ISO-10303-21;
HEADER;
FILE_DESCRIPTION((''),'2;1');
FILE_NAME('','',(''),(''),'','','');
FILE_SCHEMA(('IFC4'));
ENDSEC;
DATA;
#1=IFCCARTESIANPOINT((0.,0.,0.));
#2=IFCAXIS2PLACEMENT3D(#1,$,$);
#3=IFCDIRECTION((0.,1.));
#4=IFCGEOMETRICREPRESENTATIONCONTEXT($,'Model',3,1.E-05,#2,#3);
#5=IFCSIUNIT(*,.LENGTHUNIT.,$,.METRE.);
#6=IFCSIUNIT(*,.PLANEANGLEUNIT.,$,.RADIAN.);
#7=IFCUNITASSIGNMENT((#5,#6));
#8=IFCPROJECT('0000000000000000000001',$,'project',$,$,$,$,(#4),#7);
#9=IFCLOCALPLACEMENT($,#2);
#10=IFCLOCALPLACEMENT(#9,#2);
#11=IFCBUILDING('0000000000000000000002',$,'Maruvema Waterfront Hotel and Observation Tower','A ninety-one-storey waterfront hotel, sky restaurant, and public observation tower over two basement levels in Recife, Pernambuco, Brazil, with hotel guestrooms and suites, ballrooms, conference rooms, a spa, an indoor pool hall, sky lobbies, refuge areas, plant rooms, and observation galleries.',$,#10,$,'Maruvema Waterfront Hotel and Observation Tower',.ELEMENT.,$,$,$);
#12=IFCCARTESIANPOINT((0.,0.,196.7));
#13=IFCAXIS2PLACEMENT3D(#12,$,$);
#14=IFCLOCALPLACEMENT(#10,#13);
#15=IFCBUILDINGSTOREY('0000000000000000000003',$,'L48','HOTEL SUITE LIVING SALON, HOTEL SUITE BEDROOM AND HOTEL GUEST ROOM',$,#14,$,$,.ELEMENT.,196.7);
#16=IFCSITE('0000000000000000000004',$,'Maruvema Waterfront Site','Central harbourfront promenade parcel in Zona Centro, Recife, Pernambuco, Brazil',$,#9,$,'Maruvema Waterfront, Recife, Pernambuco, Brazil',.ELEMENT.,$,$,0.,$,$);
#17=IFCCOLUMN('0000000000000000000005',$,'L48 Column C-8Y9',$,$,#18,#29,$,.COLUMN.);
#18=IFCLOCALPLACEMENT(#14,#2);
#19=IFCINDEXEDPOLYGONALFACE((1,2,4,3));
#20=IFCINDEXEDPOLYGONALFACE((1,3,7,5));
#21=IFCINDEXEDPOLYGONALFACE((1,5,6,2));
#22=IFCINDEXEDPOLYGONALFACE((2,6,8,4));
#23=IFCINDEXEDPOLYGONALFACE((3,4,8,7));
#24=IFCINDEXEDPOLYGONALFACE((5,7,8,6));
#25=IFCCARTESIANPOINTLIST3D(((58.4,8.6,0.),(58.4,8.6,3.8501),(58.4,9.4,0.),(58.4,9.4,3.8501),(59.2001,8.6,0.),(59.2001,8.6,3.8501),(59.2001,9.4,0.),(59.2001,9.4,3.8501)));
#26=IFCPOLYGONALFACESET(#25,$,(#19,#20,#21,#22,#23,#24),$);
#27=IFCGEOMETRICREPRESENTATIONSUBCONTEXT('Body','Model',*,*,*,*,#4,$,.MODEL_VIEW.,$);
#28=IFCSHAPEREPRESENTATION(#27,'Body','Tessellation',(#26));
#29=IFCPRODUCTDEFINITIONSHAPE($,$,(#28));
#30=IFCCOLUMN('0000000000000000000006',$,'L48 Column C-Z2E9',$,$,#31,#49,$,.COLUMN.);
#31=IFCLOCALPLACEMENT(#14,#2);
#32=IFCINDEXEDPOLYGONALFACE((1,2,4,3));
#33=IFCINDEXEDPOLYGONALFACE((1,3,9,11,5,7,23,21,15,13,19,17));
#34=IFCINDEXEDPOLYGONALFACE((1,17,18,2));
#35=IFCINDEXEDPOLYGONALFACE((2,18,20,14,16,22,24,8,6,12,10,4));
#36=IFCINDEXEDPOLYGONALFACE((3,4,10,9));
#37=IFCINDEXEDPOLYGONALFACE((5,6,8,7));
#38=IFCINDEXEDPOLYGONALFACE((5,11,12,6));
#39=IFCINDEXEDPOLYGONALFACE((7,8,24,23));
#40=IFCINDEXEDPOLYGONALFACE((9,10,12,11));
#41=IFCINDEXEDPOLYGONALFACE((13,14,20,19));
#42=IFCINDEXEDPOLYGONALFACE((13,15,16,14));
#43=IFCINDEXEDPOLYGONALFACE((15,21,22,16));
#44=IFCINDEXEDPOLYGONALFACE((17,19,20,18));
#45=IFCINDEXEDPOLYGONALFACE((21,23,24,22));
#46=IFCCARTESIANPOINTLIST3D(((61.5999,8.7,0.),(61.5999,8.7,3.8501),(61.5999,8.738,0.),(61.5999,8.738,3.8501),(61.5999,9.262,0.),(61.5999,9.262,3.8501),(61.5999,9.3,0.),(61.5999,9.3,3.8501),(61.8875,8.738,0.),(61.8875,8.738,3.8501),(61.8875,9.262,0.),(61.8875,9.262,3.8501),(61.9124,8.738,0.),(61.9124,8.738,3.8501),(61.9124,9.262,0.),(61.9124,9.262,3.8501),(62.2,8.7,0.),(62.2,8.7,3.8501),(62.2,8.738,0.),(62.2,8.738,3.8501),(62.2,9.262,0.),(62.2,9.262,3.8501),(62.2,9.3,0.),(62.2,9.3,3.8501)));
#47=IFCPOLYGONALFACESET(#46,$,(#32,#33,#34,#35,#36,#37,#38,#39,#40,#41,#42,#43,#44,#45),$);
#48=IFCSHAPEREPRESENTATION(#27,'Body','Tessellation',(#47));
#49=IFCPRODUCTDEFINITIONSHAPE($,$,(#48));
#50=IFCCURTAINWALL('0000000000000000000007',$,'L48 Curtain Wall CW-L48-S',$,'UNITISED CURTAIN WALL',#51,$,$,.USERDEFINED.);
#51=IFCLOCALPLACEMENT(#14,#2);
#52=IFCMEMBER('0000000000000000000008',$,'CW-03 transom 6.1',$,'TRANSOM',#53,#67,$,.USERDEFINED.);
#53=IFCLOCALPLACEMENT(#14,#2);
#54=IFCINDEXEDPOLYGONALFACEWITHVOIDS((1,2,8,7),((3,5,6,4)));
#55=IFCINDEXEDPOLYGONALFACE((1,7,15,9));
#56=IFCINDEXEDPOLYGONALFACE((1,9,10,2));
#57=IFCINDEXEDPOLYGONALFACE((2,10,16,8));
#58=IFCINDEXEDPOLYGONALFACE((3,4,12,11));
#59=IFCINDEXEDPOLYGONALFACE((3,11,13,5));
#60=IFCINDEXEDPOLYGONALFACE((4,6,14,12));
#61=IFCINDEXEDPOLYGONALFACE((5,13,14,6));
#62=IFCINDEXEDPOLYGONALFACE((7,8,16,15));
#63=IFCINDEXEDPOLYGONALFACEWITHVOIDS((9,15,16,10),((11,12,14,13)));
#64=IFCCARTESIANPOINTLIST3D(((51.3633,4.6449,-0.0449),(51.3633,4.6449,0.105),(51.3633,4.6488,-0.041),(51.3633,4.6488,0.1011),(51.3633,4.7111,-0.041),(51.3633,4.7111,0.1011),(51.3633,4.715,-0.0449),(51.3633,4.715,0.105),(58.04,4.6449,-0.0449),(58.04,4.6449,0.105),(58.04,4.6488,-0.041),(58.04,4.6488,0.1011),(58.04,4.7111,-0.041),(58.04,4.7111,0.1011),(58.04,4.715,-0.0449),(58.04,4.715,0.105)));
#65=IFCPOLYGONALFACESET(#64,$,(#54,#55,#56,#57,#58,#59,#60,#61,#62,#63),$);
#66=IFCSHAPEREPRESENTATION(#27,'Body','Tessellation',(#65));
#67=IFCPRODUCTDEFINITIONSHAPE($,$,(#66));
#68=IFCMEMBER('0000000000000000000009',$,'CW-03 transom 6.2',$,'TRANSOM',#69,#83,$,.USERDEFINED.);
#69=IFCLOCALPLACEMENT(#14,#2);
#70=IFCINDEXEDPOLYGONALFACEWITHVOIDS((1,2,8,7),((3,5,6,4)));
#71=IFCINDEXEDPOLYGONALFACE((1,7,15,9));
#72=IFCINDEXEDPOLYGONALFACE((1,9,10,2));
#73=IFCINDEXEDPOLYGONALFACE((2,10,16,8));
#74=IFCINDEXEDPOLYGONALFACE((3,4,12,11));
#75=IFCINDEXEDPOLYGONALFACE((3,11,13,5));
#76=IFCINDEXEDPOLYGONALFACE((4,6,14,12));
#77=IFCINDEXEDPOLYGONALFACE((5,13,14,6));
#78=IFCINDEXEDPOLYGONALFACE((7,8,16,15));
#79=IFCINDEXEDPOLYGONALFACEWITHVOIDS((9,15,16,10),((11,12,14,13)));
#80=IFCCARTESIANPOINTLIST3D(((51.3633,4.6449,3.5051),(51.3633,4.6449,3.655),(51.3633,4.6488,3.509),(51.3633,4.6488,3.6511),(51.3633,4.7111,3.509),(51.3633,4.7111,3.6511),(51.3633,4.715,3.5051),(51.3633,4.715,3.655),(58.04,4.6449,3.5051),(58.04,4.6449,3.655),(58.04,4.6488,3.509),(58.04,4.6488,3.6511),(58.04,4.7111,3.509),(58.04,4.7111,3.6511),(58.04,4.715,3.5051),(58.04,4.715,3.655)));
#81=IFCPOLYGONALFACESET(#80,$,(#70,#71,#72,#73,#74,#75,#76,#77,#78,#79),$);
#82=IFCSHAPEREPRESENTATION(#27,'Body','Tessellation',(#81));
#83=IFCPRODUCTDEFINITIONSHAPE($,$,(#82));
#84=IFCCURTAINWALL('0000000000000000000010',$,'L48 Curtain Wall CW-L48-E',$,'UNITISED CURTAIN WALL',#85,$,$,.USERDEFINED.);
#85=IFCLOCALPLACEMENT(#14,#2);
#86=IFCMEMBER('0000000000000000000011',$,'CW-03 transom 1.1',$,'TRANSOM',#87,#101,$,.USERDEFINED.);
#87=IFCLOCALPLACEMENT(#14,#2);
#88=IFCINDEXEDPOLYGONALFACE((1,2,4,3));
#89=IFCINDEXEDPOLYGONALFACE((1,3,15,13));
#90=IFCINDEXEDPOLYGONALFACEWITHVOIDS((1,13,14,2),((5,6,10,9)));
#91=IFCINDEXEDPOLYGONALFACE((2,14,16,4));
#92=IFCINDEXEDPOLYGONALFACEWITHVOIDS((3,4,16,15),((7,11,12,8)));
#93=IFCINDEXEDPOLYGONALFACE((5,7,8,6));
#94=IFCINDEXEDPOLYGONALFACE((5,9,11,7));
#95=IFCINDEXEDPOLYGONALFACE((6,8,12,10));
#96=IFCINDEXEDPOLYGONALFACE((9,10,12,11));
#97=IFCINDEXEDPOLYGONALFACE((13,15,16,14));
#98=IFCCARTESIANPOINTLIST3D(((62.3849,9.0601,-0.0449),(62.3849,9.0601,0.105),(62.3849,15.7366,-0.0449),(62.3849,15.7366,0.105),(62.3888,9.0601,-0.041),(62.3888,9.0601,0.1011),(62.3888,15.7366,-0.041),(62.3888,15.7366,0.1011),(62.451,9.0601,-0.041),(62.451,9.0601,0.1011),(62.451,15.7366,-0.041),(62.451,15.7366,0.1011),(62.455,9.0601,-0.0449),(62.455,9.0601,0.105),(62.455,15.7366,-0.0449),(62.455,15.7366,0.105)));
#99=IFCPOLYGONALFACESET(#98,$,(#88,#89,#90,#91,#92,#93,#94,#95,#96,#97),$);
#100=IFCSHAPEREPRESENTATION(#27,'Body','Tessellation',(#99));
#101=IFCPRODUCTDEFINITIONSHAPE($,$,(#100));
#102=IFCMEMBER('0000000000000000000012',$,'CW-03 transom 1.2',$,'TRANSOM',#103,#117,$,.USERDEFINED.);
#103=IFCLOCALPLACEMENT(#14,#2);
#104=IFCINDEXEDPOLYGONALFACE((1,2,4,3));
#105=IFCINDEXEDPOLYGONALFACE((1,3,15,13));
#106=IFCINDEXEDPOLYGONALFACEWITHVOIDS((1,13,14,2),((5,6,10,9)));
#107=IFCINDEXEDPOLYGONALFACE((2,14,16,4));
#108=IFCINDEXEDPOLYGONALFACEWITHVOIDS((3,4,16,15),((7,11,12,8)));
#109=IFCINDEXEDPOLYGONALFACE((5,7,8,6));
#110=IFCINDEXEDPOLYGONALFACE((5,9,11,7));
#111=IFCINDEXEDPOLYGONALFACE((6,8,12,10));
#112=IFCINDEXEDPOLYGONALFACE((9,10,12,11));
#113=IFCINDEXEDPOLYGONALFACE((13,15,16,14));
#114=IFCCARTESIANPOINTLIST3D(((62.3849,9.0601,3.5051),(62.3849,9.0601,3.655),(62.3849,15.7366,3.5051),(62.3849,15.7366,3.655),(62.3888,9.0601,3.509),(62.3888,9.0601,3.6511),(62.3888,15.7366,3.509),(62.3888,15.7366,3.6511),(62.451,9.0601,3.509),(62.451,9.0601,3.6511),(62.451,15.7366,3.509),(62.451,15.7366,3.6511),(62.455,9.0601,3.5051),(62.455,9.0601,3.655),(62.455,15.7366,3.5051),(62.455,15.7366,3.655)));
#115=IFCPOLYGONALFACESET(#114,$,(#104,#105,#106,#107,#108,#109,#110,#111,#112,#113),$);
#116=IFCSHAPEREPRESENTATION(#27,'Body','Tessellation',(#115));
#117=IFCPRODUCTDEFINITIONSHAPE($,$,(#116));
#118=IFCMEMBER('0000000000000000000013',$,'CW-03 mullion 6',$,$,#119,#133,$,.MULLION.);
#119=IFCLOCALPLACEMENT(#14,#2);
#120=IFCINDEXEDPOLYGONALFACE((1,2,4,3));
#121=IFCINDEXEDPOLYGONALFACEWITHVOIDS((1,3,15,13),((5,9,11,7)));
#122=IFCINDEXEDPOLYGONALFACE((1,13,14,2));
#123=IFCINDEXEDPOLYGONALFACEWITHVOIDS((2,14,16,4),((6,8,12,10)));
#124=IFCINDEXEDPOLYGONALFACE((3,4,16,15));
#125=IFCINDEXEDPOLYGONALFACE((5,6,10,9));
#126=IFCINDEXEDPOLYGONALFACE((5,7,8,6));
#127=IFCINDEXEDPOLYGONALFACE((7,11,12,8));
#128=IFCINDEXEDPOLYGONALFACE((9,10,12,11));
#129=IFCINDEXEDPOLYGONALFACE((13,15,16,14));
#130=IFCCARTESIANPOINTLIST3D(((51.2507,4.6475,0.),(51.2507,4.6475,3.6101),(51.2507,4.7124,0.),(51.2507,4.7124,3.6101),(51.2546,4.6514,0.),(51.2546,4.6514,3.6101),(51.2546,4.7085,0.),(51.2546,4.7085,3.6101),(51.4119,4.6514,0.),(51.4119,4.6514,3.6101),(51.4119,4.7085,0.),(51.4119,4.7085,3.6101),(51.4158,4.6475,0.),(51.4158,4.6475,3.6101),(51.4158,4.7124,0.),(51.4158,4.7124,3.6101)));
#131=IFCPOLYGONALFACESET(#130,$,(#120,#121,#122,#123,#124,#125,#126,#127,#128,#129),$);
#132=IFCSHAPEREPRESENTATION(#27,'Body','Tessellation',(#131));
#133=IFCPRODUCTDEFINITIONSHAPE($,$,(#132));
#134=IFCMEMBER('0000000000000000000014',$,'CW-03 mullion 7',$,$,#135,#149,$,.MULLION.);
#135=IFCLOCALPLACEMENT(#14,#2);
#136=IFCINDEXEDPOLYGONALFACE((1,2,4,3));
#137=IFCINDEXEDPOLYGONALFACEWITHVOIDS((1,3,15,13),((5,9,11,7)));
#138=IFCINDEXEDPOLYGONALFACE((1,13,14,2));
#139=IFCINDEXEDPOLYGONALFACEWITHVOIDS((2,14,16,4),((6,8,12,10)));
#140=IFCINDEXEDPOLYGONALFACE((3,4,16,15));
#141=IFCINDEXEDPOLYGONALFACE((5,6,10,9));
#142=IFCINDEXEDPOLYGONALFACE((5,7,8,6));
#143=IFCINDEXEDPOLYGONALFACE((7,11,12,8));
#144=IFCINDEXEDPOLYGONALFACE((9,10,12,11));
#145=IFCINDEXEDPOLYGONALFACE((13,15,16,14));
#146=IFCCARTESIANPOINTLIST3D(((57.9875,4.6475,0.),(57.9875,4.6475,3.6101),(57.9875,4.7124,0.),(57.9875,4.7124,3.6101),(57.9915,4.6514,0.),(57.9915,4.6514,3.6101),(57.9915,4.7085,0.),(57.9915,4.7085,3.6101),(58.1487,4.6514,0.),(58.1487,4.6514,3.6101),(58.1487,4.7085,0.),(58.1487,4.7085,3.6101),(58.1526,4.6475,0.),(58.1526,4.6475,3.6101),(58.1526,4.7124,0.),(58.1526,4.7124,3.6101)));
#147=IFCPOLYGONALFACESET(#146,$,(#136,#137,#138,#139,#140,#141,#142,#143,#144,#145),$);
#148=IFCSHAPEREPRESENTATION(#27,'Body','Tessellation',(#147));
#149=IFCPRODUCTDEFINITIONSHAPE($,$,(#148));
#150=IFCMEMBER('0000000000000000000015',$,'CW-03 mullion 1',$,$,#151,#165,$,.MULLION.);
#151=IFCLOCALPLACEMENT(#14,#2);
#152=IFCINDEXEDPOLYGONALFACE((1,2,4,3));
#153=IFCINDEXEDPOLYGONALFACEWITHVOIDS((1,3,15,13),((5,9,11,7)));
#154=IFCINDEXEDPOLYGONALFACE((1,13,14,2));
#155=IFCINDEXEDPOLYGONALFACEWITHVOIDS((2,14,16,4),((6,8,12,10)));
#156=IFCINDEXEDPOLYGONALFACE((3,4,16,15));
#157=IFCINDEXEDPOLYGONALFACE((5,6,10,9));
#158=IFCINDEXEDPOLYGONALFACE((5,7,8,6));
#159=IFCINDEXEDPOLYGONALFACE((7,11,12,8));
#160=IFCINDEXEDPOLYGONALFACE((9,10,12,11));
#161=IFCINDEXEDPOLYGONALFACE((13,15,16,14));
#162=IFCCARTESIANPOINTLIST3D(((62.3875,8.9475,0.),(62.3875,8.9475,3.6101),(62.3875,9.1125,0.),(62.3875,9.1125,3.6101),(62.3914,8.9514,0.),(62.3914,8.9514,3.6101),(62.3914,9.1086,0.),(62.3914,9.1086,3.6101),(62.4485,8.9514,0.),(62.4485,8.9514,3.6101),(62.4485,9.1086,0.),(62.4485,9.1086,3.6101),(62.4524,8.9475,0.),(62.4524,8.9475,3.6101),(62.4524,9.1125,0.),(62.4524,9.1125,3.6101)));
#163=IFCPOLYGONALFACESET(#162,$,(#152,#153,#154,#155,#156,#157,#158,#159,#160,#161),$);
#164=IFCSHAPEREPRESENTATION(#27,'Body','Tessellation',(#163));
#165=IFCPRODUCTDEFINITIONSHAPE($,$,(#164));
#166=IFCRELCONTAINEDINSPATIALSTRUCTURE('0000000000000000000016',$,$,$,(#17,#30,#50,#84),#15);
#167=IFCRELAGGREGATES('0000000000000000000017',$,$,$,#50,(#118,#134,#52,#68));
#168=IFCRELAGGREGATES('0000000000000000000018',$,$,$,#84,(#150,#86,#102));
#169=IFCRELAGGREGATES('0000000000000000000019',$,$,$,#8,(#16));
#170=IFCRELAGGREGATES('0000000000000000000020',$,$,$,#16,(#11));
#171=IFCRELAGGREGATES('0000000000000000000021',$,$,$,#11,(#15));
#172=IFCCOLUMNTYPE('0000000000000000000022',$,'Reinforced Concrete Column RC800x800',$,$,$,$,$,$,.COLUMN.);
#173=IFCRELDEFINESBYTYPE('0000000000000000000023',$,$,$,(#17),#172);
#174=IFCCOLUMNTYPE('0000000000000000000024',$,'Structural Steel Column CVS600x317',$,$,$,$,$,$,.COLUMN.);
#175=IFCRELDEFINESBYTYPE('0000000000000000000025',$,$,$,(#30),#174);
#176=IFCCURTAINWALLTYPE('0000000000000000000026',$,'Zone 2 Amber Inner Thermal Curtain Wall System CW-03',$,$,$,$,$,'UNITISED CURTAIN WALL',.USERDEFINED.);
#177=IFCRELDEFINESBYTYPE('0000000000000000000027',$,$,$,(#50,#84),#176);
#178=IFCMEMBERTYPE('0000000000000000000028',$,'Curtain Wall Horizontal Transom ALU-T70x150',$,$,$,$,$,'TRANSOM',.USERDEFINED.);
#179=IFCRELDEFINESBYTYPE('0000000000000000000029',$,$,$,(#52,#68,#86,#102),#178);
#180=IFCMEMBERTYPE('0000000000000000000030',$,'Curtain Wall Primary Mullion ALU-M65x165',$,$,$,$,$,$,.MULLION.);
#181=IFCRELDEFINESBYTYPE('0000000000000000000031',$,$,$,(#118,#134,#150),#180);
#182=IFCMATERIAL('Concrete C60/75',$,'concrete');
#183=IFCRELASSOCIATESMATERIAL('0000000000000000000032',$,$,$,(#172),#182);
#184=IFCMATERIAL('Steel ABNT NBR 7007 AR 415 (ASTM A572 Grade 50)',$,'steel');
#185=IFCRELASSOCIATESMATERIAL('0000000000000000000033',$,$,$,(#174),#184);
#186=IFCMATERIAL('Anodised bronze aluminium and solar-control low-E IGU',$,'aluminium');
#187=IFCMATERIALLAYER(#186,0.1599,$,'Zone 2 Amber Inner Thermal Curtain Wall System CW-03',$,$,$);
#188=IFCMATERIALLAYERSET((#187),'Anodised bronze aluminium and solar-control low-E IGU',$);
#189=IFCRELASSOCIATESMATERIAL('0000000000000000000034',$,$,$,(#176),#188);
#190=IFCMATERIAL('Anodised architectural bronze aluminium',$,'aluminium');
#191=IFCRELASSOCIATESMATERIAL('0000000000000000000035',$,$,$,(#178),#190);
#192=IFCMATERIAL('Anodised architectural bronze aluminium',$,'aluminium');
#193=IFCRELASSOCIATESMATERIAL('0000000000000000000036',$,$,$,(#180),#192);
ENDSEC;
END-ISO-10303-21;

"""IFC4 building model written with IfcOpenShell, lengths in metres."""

from ifc_helpers import new_model, si_unit, direction, frame, origin, origin_2d, place, context, subcontext, project, spatial, rectangle, hollow_rectangle, i_section, extrude, material, layer, layer_set, material_profile, profile_set, type_object, element, aggregate, save


model = new_model("IFC4")

# Units and contexts
model_context = context("Model", 3, precision=1e-05, world=origin(), true_north=direction((0.0, 1.0)))
body_context = subcontext(model_context, "Body", "Model", "MODEL_VIEW")
ifc_project = project(units=[si_unit("LENGTHUNIT", "METRE"), si_unit("PLANEANGLEUNIT", "RADIAN")], contexts=[model_context])

# Site, building, storey
site_placement = place(None, origin())
site = spatial("IfcSite", under=ifc_project, at=site_placement, Name="Maruvema Waterfront Site", Description="Central harbourfront promenade parcel in Zona Centro, Recife, Pernambuco, Brazil", LongName="Maruvema Waterfront, Recife, Pernambuco, Brazil", CompositionType="ELEMENT", RefElevation=0.0)
building_placement = place(site_placement, origin())
building = spatial("IfcBuilding", under=site, at=building_placement, Name="Maruvema Waterfront Hotel and Observation Tower", Description="A ninety-one-storey waterfront hotel, sky restaurant, and public observation tower over two basement levels in Recife, Pernambuco, Brazil, with hotel guestrooms and suites, ballrooms, conference rooms, a spa, an indoor pool hall, sky lobbies, refuge areas, plant rooms, and observation galleries.", LongName="Maruvema Waterfront Hotel and Observation Tower", CompositionType="ELEMENT")
storey_placement = place(building_placement, frame((0.0, 0.0, 196.7)))
storey = spatial("IfcBuildingStorey", under=building, at=storey_placement, Name="L48", Description="HOTEL SUITE LIVING SALON, HOTEL SUITE BEDROOM AND HOTEL GUEST ROOM", CompositionType="ELEMENT", Elevation=196.7)

# Columns
ifc_material_1 = material(Name="Concrete C60/75", Category="concrete")
ifc_material_profile_1 = material_profile(ifc_material_1, rectangle(XDim=0.8, YDim=0.8, at=origin_2d()), Name="RC800x800")
ifc_profile_set_1 = profile_set([ifc_material_profile_1], Name="Concrete C60/75")
column_type_1 = type_object("IfcColumnType", Name="Reinforced Concrete Column RC800x800", PredefinedType="COLUMN", material=ifc_profile_set_1)
column_1_placement = place(storey_placement, frame((58.8, 9.0, 0.0), z_axis=(0.0, 0.0, 1.0), x_axis=(1.0, 0.0, 0.0)))
element("IfcColumn", 1, at=column_1_placement, inside=storey, type_object=column_type_1, Name="L48 Column C-8Y9", PredefinedType="COLUMN", context=body_context, shape_type="SweptSolid", body=[
    extrude(rectangle(XDim=0.8, YDim=0.8, at=origin_2d()), origin(), (0.0, 0.0, 1.0), 3.8501),
])
ifc_material_2 = material(Name="Steel ABNT NBR 7007 AR 415 (ASTM A572 Grade 50)", Category="steel")
ifc_material_profile_2 = material_profile(ifc_material_2, i_section(OverallWidth=0.6001, OverallDepth=0.6001, WebThickness=0.0249, FlangeThickness=0.0381, at=origin_2d()), Name="CVS600x317")
ifc_profile_set_2 = profile_set([ifc_material_profile_2], Name="Steel ABNT NBR 7007 AR 415 (ASTM A572 Grade 50)")
column_type_2 = type_object("IfcColumnType", Name="Structural Steel Column CVS600x317", PredefinedType="COLUMN", material=ifc_profile_set_2)
column_2_placement = place(storey_placement, frame((61.8999, 9.0, 0.0), z_axis=(0.0, 0.0, 1.0), x_axis=(1.0, 0.0, 0.0)))
element("IfcColumn", 2, at=column_2_placement, inside=storey, type_object=column_type_2, Name="L48 Column C-Z2E9", PredefinedType="COLUMN", context=body_context, shape_type="SweptSolid", body=[
    extrude(i_section(OverallWidth=0.6001, OverallDepth=0.6001, WebThickness=0.0249, FlangeThickness=0.0381, at=origin_2d()), origin(), (0.0, 0.0, 1.0), 3.8501),
])

# Curtain walls, members
ifc_material_3 = material(Name="Anodised bronze aluminium and solar-control low-E IGU", Category="aluminium")
ifc_layer_1 = layer(ifc_material_3, 0.1599, Name="Zone 2 Amber Inner Thermal Curtain Wall System CW-03")
ifc_layer_set_1 = layer_set([ifc_layer_1], Name="Anodised bronze aluminium and solar-control low-E IGU")
curtain_wall_type = type_object("IfcCurtainWallType", Name="Zone 2 Amber Inner Thermal Curtain Wall System CW-03", ElementType="UNITISED CURTAIN WALL", PredefinedType="USERDEFINED", material=ifc_layer_set_1)
curtain_wall_1_placement = place(storey_placement, origin())
curtain_wall_1 = element("IfcCurtainWall", 3, at=curtain_wall_1_placement, inside=storey, type_object=curtain_wall_type, Name="L48 Curtain Wall CW-L48-S", ObjectType="UNITISED CURTAIN WALL", PredefinedType="USERDEFINED")
ifc_material_4 = material(Name="Anodised architectural bronze aluminium", Category="aluminium")
ifc_material_profile_3 = material_profile(ifc_material_4, hollow_rectangle(XDim=0.0701, YDim=0.1499, WallThickness=0.0039, at=origin_2d()), Name="ALU-T70x150")
ifc_profile_set_3 = profile_set([ifc_material_profile_3], Name="Anodised architectural bronze aluminium")
member_type_1 = type_object("IfcMemberType", Name="Curtain Wall Horizontal Transom ALU-T70x150", ElementType="TRANSOM", PredefinedType="USERDEFINED", material=ifc_profile_set_3)
member_1_placement = place(storey_placement, frame((51.3633, 4.6799, 0.03), z_axis=(1.0, 0.0, 0.0), x_axis=(0.0, 1.0, 0.0)))
member_1 = element("IfcMember", 4, at=member_1_placement, type_object=member_type_1, Name="CW-03 transom 6.1", ObjectType="TRANSOM", PredefinedType="USERDEFINED", context=body_context, shape_type="SweptSolid", body=[
    extrude(hollow_rectangle(XDim=0.0701, YDim=0.1499, WallThickness=0.0039, at=origin_2d()), origin(), (0.0, 0.0, 1.0), 6.6768),
])
member_2_placement = place(storey_placement, frame((51.3633, 4.6799, 3.5801), z_axis=(1.0, 0.0, 0.0), x_axis=(0.0, 1.0, 0.0)))
member_2 = element("IfcMember", 5, at=member_2_placement, type_object=member_type_1, Name="CW-03 transom 6.2", ObjectType="TRANSOM", PredefinedType="USERDEFINED", context=body_context, shape_type="SweptSolid", body=[
    extrude(hollow_rectangle(XDim=0.0701, YDim=0.1499, WallThickness=0.0039, at=origin_2d()), origin(), (0.0, 0.0, 1.0), 6.6768),
])
curtain_wall_2_placement = place(storey_placement, origin())
curtain_wall_2 = element("IfcCurtainWall", 6, at=curtain_wall_2_placement, inside=storey, type_object=curtain_wall_type, Name="L48 Curtain Wall CW-L48-E", ObjectType="UNITISED CURTAIN WALL", PredefinedType="USERDEFINED")
member_3_placement = place(storey_placement, frame((62.4199, 9.0601, 0.03), z_axis=(0.0, 1.0, 0.0), x_axis=(-1.0, 0.0, 0.0)))
member_3 = element("IfcMember", 7, at=member_3_placement, type_object=member_type_1, Name="CW-03 transom 1.1", ObjectType="TRANSOM", PredefinedType="USERDEFINED", context=body_context, shape_type="SweptSolid", body=[
    extrude(hollow_rectangle(XDim=0.0701, YDim=0.1499, WallThickness=0.0039, at=origin_2d()), origin(), (0.0, 0.0, 1.0), 6.6765),
])
member_4_placement = place(storey_placement, frame((62.4199, 9.0601, 3.5801), z_axis=(0.0, 1.0, 0.0), x_axis=(-1.0, 0.0, 0.0)))
member_4 = element("IfcMember", 8, at=member_4_placement, type_object=member_type_1, Name="CW-03 transom 1.2", ObjectType="TRANSOM", PredefinedType="USERDEFINED", context=body_context, shape_type="SweptSolid", body=[
    extrude(hollow_rectangle(XDim=0.0701, YDim=0.1499, WallThickness=0.0039, at=origin_2d()), origin(), (0.0, 0.0, 1.0), 6.6765),
])

# Members
ifc_material_5 = material(Name="Anodised architectural bronze aluminium", Category="aluminium")
ifc_material_profile_4 = material_profile(ifc_material_5, hollow_rectangle(XDim=0.0649, YDim=0.165, WallThickness=0.0039, at=origin_2d()), Name="ALU-M65x165")
ifc_profile_set_4 = profile_set([ifc_material_profile_4], Name="Anodised architectural bronze aluminium")
member_type_2 = type_object("IfcMemberType", Name="Curtain Wall Primary Mullion ALU-M65x165", PredefinedType="MULLION", material=ifc_profile_set_4)
member_5_placement = place(storey_placement, frame((51.3333, 4.6799, 0.0), z_axis=(0.0, 0.0, 1.0), x_axis=(0.0, 1.0, 0.0)))
member_5 = element("IfcMember", 9, at=member_5_placement, type_object=member_type_2, Name="CW-03 mullion 6", PredefinedType="MULLION", context=body_context, shape_type="SweptSolid", body=[
    extrude(hollow_rectangle(XDim=0.0649, YDim=0.165, WallThickness=0.0039, at=origin_2d()), origin(), (0.0, 0.0, 1.0), 3.6101),
])
member_6_placement = place(storey_placement, frame((58.0701, 4.6799, 0.0), z_axis=(0.0, 0.0, 1.0), x_axis=(0.0, 1.0, 0.0)))
member_6 = element("IfcMember", 10, at=member_6_placement, type_object=member_type_2, Name="CW-03 mullion 7", PredefinedType="MULLION", context=body_context, shape_type="SweptSolid", body=[
    extrude(hollow_rectangle(XDim=0.0649, YDim=0.165, WallThickness=0.0039, at=origin_2d()), origin(), (0.0, 0.0, 1.0), 3.6101),
])
member_7_placement = place(storey_placement, frame((62.4199, 9.03, 0.0), z_axis=(0.0, 0.0, 1.0), x_axis=(-1.0, 0.0, 0.0)))
member_7 = element("IfcMember", 11, at=member_7_placement, type_object=member_type_2, Name="CW-03 mullion 1", PredefinedType="MULLION", context=body_context, shape_type="SweptSolid", body=[
    extrude(hollow_rectangle(XDim=0.0649, YDim=0.165, WallThickness=0.0039, at=origin_2d()), origin(), (0.0, 0.0, 1.0), 3.6101),
])

aggregate(curtain_wall_1, [member_5, member_6, member_1, member_2])
aggregate(curtain_wall_2, [member_7, member_3, member_4])

save(model, "model.ifc")
